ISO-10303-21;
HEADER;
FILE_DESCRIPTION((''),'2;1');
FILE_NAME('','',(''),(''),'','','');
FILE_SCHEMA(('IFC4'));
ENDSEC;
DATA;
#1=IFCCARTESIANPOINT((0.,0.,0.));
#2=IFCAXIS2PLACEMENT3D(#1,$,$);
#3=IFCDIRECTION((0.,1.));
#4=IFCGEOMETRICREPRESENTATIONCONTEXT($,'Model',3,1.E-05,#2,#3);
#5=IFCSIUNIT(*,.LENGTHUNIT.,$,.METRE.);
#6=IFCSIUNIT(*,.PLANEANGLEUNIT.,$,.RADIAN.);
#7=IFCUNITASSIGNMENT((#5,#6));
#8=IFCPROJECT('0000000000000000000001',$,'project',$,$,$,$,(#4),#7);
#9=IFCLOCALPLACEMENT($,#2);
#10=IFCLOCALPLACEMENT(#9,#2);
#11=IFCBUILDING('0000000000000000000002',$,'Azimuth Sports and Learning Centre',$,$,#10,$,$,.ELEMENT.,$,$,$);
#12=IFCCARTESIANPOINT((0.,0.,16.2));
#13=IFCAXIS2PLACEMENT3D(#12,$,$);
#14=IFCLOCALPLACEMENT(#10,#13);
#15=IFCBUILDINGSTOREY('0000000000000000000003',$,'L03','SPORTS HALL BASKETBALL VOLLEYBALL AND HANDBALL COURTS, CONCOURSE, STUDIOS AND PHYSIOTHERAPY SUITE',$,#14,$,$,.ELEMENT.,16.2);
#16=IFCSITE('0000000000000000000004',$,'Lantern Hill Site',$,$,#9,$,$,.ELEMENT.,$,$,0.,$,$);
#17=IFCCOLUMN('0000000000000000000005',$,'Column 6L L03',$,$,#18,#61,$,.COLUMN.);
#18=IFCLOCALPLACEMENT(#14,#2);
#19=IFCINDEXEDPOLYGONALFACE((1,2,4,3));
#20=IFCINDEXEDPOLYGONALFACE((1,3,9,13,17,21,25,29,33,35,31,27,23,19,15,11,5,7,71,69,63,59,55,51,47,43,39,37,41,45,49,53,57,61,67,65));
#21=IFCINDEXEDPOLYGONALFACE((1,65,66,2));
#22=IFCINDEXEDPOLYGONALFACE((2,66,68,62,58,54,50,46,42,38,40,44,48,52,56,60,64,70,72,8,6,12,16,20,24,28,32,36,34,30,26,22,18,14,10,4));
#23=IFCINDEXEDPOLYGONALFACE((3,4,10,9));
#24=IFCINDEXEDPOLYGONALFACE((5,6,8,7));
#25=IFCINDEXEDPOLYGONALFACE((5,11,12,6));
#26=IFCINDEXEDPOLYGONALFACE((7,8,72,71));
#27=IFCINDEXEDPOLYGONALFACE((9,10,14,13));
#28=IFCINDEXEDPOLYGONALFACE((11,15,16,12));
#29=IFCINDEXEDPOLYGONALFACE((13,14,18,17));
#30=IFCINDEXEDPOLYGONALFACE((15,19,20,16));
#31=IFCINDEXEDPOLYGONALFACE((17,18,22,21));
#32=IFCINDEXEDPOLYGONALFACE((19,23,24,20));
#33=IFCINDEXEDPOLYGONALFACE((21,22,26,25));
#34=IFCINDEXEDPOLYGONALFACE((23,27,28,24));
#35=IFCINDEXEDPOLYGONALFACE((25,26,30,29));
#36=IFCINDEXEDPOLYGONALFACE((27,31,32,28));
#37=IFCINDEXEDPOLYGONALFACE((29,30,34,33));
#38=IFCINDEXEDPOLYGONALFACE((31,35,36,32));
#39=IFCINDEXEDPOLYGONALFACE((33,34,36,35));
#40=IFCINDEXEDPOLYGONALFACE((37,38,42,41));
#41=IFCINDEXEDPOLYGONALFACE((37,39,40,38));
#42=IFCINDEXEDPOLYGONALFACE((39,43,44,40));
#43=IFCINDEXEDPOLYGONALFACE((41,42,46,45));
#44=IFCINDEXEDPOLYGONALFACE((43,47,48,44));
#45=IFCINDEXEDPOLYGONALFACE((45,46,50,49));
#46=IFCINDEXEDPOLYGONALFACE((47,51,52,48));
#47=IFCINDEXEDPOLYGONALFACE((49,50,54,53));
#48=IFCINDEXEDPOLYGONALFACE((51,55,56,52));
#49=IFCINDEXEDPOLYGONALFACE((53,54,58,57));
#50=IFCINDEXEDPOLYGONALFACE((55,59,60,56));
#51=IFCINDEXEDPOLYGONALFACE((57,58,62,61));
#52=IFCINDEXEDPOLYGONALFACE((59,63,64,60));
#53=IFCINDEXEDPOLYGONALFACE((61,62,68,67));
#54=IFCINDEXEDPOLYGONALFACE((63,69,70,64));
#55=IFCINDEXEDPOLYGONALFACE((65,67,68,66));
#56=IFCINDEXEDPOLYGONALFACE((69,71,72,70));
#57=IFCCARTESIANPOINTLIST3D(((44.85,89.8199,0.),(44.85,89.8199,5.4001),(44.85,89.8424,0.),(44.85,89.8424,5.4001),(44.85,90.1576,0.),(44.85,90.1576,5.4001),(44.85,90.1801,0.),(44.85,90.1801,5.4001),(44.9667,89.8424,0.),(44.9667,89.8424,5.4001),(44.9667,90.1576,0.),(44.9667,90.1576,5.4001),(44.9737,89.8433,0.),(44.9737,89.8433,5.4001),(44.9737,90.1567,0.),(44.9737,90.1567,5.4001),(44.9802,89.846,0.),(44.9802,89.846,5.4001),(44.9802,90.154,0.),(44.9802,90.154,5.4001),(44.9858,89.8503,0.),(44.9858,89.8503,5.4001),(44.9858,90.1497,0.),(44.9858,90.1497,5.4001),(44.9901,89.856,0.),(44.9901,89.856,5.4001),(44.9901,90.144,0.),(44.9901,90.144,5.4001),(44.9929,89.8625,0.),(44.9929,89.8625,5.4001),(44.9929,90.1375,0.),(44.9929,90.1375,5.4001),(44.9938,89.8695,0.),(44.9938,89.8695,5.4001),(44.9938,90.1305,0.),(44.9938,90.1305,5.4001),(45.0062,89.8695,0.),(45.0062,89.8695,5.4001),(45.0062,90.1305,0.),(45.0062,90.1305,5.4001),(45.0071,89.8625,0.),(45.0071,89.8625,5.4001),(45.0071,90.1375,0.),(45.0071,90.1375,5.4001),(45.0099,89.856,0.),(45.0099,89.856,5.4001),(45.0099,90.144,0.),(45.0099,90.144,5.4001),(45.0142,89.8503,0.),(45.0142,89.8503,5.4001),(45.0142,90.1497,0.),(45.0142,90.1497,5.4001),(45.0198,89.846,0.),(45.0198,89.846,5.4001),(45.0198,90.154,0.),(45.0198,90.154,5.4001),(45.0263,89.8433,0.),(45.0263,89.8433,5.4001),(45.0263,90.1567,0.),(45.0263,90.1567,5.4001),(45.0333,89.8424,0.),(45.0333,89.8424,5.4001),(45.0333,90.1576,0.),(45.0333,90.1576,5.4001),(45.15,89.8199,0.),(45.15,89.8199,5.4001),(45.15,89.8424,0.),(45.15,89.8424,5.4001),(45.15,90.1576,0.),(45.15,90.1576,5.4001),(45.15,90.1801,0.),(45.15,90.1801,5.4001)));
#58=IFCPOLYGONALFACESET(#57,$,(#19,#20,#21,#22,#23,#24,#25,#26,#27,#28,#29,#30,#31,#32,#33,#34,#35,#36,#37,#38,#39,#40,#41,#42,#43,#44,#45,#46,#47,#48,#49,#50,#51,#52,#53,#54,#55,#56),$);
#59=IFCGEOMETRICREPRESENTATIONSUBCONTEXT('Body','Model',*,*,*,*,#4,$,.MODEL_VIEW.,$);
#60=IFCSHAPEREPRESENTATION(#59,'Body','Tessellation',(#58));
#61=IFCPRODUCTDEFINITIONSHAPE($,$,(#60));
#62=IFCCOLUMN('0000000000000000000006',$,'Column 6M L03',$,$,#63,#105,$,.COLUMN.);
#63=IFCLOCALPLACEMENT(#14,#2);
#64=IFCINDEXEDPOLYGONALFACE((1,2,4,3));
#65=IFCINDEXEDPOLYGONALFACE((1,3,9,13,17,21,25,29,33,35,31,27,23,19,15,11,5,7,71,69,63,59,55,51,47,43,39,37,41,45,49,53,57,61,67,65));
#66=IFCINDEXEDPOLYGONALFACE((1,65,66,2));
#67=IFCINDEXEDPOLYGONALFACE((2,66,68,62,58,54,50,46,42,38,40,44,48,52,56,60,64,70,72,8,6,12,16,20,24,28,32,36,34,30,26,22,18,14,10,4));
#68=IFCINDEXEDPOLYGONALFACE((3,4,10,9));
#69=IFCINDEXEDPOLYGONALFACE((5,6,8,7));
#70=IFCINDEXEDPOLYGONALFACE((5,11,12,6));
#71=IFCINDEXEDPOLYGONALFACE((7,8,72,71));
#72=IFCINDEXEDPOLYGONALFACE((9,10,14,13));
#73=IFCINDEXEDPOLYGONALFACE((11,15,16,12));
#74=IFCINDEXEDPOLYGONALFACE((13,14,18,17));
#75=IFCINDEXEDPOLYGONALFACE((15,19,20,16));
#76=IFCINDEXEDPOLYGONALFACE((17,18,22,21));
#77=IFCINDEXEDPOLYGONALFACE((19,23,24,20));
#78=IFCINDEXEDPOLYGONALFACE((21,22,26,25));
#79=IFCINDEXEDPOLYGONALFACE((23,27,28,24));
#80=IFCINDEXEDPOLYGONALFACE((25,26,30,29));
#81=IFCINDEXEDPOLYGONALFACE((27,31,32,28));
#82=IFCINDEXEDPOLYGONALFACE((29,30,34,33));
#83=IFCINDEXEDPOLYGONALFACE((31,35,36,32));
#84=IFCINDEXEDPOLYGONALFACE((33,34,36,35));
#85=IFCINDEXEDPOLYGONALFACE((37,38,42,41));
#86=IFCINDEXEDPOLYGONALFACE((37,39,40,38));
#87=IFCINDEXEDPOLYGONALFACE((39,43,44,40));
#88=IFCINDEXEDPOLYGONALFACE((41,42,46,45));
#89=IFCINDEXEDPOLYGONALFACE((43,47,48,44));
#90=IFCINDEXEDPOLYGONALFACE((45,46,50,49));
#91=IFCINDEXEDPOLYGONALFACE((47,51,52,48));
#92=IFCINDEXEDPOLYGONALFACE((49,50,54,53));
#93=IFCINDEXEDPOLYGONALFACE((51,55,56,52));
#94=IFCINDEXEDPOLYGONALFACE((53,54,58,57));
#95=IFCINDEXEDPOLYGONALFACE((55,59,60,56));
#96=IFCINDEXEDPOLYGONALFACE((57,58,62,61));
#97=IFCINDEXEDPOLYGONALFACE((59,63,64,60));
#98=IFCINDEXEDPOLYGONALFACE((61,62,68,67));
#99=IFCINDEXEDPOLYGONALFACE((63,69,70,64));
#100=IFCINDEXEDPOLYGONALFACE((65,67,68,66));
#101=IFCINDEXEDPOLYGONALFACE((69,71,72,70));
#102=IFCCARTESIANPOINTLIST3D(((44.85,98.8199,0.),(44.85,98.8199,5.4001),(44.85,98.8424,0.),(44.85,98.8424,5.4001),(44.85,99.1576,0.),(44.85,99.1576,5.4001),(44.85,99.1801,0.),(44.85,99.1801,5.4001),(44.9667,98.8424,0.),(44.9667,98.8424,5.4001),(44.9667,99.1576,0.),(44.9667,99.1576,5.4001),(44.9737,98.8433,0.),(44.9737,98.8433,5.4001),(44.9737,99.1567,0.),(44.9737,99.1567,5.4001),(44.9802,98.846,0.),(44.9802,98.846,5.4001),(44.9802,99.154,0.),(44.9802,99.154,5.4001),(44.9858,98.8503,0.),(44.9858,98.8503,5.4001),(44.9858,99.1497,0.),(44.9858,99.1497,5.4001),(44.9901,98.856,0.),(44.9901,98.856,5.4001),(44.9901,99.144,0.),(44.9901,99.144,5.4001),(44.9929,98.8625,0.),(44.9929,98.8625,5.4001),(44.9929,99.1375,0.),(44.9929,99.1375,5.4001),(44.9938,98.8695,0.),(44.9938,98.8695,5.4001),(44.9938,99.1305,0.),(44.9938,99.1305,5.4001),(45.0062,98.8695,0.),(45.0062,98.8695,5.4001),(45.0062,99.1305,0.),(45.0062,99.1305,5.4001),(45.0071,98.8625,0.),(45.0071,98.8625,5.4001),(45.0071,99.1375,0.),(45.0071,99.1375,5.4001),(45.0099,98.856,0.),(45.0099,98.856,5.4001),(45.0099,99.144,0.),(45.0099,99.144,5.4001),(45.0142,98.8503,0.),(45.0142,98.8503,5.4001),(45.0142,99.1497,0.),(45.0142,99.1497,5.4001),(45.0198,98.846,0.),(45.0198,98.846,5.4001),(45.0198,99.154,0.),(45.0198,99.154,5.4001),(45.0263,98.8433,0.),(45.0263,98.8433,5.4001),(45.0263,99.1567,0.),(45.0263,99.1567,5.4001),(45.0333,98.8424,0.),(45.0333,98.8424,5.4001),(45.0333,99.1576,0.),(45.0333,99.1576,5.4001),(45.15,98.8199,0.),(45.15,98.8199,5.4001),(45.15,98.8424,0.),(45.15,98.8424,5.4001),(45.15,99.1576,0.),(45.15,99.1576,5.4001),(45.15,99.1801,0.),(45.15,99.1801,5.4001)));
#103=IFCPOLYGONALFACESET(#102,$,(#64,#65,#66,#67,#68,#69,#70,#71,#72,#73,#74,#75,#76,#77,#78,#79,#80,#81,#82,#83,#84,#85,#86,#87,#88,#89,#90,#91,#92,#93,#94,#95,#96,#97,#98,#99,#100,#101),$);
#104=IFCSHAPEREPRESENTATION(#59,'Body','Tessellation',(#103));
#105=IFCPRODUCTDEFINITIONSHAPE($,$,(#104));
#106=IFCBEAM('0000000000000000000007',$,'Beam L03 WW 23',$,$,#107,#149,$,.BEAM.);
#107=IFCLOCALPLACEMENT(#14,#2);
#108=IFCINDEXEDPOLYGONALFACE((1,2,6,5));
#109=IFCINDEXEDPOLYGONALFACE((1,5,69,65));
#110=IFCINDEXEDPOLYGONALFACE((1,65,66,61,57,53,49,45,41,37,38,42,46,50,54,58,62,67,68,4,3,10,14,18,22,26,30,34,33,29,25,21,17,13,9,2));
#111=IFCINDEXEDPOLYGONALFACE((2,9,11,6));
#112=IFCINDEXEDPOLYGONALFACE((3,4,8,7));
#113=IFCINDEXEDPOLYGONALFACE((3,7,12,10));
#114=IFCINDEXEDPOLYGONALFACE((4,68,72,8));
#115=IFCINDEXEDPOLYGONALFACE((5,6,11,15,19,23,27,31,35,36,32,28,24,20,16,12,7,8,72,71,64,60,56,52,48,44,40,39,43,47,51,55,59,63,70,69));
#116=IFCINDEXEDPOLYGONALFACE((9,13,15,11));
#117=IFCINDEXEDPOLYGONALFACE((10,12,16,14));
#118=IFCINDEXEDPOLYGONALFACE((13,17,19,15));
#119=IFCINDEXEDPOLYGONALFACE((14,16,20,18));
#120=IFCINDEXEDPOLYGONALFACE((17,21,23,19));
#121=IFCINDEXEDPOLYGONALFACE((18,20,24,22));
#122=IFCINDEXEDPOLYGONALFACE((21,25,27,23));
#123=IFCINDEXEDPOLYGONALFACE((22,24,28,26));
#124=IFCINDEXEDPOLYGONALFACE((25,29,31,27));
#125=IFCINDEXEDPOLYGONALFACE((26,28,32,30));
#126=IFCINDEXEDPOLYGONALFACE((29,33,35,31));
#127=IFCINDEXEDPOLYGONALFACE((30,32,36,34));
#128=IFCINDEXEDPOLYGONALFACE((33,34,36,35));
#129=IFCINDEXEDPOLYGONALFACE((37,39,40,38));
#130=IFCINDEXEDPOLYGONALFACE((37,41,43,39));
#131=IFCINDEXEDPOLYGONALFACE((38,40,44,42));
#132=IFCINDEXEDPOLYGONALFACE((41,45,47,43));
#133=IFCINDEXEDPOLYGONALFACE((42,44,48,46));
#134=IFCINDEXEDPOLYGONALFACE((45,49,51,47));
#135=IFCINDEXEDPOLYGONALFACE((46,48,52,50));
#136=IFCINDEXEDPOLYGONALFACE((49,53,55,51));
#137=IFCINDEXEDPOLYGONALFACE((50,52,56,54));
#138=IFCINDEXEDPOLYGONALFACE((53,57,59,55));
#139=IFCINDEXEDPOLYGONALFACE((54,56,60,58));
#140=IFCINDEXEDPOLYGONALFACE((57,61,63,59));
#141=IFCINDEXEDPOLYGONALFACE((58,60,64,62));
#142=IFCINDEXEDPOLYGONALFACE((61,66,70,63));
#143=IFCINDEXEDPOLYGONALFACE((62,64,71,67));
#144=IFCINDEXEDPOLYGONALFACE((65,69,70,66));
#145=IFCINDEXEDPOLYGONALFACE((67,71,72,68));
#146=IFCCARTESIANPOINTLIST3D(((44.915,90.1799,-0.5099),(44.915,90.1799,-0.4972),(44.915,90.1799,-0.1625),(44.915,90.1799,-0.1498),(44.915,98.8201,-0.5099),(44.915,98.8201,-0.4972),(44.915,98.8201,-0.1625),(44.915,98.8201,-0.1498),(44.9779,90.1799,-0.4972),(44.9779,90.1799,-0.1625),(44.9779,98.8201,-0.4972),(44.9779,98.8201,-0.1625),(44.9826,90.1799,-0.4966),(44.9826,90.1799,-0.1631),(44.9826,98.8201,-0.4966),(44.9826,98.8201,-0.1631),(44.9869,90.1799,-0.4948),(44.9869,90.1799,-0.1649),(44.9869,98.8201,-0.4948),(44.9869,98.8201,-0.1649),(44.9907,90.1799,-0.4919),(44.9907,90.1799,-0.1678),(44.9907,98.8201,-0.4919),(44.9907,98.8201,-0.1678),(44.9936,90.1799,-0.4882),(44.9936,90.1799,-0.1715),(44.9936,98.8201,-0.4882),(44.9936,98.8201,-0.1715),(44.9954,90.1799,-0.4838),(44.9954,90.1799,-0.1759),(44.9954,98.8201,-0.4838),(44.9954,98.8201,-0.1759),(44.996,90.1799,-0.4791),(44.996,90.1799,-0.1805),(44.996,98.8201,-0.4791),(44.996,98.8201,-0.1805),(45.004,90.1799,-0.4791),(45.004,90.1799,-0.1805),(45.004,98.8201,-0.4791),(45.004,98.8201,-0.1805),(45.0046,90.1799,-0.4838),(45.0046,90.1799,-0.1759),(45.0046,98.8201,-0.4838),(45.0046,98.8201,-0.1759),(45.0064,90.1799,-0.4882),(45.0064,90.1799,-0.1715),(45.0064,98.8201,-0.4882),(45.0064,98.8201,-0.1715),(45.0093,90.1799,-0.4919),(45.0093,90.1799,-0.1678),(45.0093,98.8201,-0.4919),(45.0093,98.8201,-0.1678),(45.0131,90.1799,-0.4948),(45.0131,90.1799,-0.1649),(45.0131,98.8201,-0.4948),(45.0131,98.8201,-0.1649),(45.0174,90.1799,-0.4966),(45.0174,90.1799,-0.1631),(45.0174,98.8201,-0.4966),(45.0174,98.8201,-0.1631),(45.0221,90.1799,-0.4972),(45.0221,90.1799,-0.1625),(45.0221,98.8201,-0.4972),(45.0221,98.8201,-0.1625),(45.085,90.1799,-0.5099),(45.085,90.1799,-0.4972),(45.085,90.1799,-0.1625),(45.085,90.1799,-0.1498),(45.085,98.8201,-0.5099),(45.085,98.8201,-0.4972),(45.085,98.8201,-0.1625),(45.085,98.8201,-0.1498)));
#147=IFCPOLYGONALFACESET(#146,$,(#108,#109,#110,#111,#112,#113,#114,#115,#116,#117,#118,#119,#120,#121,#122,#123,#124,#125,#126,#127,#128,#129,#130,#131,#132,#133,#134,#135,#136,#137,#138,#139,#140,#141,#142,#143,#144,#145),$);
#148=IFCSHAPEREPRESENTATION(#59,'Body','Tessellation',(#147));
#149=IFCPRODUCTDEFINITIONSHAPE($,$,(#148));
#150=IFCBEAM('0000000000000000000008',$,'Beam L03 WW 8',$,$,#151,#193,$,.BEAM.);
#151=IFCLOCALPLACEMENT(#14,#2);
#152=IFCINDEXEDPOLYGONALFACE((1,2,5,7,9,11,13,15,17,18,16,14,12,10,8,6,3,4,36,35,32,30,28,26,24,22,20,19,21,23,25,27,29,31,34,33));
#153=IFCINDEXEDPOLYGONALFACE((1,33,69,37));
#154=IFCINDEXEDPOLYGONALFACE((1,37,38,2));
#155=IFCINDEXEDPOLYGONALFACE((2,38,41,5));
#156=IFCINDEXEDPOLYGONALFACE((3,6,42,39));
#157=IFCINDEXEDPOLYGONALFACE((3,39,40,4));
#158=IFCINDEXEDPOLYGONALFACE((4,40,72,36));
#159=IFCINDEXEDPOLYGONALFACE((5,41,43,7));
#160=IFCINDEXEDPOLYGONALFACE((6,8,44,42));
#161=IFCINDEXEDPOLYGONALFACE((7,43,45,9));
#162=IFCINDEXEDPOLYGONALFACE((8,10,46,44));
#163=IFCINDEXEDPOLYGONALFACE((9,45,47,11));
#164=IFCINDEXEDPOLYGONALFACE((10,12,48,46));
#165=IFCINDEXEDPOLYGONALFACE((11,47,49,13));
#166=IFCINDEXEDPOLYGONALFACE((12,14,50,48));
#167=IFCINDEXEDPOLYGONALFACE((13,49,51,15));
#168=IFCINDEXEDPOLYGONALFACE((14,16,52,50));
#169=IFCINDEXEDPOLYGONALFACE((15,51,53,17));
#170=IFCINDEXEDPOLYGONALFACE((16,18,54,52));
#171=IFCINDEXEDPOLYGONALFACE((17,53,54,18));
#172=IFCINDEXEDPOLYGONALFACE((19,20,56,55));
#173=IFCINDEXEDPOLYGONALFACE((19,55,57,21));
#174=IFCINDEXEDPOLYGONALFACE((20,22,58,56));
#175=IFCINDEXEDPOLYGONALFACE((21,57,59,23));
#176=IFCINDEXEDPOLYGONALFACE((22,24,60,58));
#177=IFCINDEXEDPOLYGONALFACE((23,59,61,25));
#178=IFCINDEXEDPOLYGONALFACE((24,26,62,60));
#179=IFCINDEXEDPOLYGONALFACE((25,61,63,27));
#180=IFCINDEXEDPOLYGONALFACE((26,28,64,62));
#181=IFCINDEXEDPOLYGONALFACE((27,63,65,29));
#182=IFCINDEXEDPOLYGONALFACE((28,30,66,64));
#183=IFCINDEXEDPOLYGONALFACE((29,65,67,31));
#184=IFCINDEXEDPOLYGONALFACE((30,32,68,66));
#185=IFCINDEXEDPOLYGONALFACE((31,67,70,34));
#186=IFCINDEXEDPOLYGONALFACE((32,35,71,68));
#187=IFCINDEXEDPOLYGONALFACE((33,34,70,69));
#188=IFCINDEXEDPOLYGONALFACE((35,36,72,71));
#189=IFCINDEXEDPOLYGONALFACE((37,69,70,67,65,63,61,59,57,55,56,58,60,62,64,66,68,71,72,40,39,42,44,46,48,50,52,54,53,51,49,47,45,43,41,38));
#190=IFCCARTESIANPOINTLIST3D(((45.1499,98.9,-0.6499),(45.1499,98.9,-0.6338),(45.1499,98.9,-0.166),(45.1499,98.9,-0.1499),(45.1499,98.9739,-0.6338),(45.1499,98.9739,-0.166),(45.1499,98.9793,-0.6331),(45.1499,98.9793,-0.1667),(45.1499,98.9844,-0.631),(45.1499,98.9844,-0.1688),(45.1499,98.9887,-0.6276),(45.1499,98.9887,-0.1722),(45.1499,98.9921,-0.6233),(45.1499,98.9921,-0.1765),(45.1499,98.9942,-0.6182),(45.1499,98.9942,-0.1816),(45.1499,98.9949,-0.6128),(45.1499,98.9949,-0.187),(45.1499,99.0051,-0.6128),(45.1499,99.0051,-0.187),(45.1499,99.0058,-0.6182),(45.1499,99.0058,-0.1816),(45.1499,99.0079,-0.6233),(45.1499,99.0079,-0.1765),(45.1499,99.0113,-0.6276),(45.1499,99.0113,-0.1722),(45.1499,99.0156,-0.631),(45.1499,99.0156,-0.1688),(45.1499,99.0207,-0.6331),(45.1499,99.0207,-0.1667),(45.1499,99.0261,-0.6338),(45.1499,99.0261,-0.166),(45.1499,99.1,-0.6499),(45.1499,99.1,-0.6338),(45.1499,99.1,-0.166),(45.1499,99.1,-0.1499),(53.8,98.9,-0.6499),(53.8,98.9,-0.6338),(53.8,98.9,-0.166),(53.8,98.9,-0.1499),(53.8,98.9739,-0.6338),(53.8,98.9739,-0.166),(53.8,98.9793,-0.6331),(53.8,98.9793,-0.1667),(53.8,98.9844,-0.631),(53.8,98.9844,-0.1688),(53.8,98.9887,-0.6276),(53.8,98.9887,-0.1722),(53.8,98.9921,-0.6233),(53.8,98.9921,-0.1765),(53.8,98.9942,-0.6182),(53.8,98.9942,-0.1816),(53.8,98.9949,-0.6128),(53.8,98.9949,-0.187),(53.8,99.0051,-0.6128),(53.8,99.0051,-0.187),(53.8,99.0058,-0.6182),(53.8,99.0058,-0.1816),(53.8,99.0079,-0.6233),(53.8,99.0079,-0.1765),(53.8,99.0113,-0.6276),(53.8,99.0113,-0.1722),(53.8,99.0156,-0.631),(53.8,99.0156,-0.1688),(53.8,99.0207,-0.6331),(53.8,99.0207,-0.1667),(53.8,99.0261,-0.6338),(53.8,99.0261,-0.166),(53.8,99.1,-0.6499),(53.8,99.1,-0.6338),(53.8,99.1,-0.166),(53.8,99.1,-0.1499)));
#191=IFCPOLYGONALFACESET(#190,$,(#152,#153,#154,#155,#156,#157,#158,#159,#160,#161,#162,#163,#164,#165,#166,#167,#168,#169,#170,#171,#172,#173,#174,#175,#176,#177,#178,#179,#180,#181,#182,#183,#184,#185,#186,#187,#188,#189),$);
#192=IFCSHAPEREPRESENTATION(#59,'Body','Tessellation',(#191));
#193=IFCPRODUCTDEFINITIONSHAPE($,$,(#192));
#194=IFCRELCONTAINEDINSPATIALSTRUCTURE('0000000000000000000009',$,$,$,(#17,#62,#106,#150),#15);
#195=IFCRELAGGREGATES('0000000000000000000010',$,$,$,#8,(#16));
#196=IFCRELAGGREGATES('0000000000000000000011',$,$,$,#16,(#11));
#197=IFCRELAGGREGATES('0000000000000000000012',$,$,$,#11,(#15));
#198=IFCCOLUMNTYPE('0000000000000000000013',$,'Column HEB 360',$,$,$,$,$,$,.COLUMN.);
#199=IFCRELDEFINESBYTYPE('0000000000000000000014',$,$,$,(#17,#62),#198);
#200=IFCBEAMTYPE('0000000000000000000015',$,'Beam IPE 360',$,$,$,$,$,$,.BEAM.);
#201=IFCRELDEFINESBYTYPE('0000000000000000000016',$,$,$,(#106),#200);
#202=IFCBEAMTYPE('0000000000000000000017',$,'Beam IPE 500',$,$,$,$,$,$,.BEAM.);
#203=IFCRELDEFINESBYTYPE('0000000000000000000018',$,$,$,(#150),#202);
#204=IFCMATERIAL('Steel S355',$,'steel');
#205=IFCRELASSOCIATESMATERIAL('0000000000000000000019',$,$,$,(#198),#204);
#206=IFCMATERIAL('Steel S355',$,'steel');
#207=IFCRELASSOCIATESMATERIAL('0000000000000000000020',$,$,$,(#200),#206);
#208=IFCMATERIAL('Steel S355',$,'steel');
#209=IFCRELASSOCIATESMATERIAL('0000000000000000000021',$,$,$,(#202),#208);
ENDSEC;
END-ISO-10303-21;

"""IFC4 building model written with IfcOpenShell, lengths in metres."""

from ifc_helpers import new_model, si_unit, direction, frame, origin, origin_2d, place, context, subcontext, project, spatial, i_section, extrude, material, material_profile, profile_set, type_object, element, save


model = new_model("IFC4")

# Units and contexts
model_context = context("Model", 3, precision=1e-05, world=origin(), true_north=direction((0.0, 1.0)))
body_context = subcontext(model_context, "Body", "Model", "MODEL_VIEW")
ifc_project = project(units=[si_unit("LENGTHUNIT", "METRE"), si_unit("PLANEANGLEUNIT", "RADIAN")], contexts=[model_context])

# Site, building, storey
site_placement = place(None, origin())
site = spatial("IfcSite", under=ifc_project, at=site_placement, Name="Lantern Hill Site", CompositionType="ELEMENT", RefElevation=0.0)
building_placement = place(site_placement, origin())
building = spatial("IfcBuilding", under=site, at=building_placement, Name="Azimuth Sports and Learning Centre", CompositionType="ELEMENT")
storey_placement = place(building_placement, frame((0.0, 0.0, 16.2)))
storey = spatial("IfcBuildingStorey", under=building, at=storey_placement, Name="L03", Description="SPORTS HALL BASKETBALL VOLLEYBALL AND HANDBALL COURTS, CONCOURSE, STUDIOS AND PHYSIOTHERAPY SUITE", CompositionType="ELEMENT", Elevation=16.2)

# Columns
ifc_material_1 = material(Name="Steel S355", Category="steel")
ifc_material_profile_1 = material_profile(ifc_material_1, i_section(OverallWidth=0.3, OverallDepth=0.3601, WebThickness=0.0125, FlangeThickness=0.0225, FilletRadius=0.0271, at=origin_2d()), Name="HEB 360")
ifc_profile_set_1 = profile_set([ifc_material_profile_1], Name="Steel S355")
column_type = type_object("IfcColumnType", Name="Column HEB 360", PredefinedType="COLUMN", material=ifc_profile_set_1)
for number, where, z_axis, x_axis, name in (
    (1, (45.0, 90.0, 0.0), (0.0, 0.0, 1.0), (1.0, 0.0, 0.0), "Column 6L L03"),
    (2, (45.0, 99.0, 0.0), (0.0, 0.0, 1.0), (1.0, 0.0, 0.0), "Column 6M L03"),
):
    element("IfcColumn", number, at=place(storey_placement, frame(where, z_axis=z_axis, x_axis=x_axis)), inside=storey, type_object=column_type, Name=name, PredefinedType="COLUMN", context=body_context, shape_type="SweptSolid", body=[
        extrude(i_section(OverallWidth=0.3, OverallDepth=0.3601, WebThickness=0.0125, FlangeThickness=0.0225, FilletRadius=0.0271, at=origin_2d()), origin(), (0.0, 0.0, 1.0), 5.4001),
    ])

# Beams
ifc_material_2 = material(Name="Steel S355", Category="steel")
ifc_material_profile_2 = material_profile(ifc_material_2, i_section(OverallWidth=0.1699, OverallDepth=0.3601, WebThickness=0.0081, FlangeThickness=0.0127, FilletRadius=0.0181, at=origin_2d()), Name="IPE 360")
ifc_profile_set_2 = profile_set([ifc_material_profile_2], Name="Steel S355")
beam_type_1 = type_object("IfcBeamType", Name="Beam IPE 360", PredefinedType="BEAM", material=ifc_profile_set_2)
beam_1_placement = place(storey_placement, frame((45.0, 90.1799, -0.3298), z_axis=(0.0, 1.0, 0.0), x_axis=(-1.0, 0.0, 0.0)))
element("IfcBeam", 3, at=beam_1_placement, inside=storey, type_object=beam_type_1, Name="Beam L03 WW 23", PredefinedType="BEAM", context=body_context, shape_type="SweptSolid", body=[
    extrude(i_section(OverallWidth=0.1699, OverallDepth=0.3601, WebThickness=0.0081, FlangeThickness=0.0127, FilletRadius=0.0181, at=origin_2d()), origin(), (0.0, 0.0, 1.0), 8.6401),
])
ifc_material_3 = material(Name="Steel S355", Category="steel")
ifc_material_profile_3 = material_profile(ifc_material_3, i_section(OverallWidth=0.2, OverallDepth=0.5, WebThickness=0.0103, FlangeThickness=0.0161, FilletRadius=0.021, at=origin_2d()), Name="IPE 500")
ifc_profile_set_3 = profile_set([ifc_material_profile_3], Name="Steel S355")
beam_type_2 = type_object("IfcBeamType", Name="Beam IPE 500", PredefinedType="BEAM", material=ifc_profile_set_3)
beam_2_placement = place(storey_placement, frame((45.1499, 99.0, -0.3999), z_axis=(1.0, 0.0, 0.0), x_axis=(0.0, 1.0, 0.0)))
element("IfcBeam", 4, at=beam_2_placement, inside=storey, type_object=beam_type_2, Name="Beam L03 WW 8", PredefinedType="BEAM", context=body_context, shape_type="SweptSolid", body=[
    extrude(i_section(OverallWidth=0.2, OverallDepth=0.5, WebThickness=0.0103, FlangeThickness=0.0161, FilletRadius=0.021, at=origin_2d()), origin(), (0.0, 0.0, 1.0), 8.6501),
])

save(model, "model.ifc")
